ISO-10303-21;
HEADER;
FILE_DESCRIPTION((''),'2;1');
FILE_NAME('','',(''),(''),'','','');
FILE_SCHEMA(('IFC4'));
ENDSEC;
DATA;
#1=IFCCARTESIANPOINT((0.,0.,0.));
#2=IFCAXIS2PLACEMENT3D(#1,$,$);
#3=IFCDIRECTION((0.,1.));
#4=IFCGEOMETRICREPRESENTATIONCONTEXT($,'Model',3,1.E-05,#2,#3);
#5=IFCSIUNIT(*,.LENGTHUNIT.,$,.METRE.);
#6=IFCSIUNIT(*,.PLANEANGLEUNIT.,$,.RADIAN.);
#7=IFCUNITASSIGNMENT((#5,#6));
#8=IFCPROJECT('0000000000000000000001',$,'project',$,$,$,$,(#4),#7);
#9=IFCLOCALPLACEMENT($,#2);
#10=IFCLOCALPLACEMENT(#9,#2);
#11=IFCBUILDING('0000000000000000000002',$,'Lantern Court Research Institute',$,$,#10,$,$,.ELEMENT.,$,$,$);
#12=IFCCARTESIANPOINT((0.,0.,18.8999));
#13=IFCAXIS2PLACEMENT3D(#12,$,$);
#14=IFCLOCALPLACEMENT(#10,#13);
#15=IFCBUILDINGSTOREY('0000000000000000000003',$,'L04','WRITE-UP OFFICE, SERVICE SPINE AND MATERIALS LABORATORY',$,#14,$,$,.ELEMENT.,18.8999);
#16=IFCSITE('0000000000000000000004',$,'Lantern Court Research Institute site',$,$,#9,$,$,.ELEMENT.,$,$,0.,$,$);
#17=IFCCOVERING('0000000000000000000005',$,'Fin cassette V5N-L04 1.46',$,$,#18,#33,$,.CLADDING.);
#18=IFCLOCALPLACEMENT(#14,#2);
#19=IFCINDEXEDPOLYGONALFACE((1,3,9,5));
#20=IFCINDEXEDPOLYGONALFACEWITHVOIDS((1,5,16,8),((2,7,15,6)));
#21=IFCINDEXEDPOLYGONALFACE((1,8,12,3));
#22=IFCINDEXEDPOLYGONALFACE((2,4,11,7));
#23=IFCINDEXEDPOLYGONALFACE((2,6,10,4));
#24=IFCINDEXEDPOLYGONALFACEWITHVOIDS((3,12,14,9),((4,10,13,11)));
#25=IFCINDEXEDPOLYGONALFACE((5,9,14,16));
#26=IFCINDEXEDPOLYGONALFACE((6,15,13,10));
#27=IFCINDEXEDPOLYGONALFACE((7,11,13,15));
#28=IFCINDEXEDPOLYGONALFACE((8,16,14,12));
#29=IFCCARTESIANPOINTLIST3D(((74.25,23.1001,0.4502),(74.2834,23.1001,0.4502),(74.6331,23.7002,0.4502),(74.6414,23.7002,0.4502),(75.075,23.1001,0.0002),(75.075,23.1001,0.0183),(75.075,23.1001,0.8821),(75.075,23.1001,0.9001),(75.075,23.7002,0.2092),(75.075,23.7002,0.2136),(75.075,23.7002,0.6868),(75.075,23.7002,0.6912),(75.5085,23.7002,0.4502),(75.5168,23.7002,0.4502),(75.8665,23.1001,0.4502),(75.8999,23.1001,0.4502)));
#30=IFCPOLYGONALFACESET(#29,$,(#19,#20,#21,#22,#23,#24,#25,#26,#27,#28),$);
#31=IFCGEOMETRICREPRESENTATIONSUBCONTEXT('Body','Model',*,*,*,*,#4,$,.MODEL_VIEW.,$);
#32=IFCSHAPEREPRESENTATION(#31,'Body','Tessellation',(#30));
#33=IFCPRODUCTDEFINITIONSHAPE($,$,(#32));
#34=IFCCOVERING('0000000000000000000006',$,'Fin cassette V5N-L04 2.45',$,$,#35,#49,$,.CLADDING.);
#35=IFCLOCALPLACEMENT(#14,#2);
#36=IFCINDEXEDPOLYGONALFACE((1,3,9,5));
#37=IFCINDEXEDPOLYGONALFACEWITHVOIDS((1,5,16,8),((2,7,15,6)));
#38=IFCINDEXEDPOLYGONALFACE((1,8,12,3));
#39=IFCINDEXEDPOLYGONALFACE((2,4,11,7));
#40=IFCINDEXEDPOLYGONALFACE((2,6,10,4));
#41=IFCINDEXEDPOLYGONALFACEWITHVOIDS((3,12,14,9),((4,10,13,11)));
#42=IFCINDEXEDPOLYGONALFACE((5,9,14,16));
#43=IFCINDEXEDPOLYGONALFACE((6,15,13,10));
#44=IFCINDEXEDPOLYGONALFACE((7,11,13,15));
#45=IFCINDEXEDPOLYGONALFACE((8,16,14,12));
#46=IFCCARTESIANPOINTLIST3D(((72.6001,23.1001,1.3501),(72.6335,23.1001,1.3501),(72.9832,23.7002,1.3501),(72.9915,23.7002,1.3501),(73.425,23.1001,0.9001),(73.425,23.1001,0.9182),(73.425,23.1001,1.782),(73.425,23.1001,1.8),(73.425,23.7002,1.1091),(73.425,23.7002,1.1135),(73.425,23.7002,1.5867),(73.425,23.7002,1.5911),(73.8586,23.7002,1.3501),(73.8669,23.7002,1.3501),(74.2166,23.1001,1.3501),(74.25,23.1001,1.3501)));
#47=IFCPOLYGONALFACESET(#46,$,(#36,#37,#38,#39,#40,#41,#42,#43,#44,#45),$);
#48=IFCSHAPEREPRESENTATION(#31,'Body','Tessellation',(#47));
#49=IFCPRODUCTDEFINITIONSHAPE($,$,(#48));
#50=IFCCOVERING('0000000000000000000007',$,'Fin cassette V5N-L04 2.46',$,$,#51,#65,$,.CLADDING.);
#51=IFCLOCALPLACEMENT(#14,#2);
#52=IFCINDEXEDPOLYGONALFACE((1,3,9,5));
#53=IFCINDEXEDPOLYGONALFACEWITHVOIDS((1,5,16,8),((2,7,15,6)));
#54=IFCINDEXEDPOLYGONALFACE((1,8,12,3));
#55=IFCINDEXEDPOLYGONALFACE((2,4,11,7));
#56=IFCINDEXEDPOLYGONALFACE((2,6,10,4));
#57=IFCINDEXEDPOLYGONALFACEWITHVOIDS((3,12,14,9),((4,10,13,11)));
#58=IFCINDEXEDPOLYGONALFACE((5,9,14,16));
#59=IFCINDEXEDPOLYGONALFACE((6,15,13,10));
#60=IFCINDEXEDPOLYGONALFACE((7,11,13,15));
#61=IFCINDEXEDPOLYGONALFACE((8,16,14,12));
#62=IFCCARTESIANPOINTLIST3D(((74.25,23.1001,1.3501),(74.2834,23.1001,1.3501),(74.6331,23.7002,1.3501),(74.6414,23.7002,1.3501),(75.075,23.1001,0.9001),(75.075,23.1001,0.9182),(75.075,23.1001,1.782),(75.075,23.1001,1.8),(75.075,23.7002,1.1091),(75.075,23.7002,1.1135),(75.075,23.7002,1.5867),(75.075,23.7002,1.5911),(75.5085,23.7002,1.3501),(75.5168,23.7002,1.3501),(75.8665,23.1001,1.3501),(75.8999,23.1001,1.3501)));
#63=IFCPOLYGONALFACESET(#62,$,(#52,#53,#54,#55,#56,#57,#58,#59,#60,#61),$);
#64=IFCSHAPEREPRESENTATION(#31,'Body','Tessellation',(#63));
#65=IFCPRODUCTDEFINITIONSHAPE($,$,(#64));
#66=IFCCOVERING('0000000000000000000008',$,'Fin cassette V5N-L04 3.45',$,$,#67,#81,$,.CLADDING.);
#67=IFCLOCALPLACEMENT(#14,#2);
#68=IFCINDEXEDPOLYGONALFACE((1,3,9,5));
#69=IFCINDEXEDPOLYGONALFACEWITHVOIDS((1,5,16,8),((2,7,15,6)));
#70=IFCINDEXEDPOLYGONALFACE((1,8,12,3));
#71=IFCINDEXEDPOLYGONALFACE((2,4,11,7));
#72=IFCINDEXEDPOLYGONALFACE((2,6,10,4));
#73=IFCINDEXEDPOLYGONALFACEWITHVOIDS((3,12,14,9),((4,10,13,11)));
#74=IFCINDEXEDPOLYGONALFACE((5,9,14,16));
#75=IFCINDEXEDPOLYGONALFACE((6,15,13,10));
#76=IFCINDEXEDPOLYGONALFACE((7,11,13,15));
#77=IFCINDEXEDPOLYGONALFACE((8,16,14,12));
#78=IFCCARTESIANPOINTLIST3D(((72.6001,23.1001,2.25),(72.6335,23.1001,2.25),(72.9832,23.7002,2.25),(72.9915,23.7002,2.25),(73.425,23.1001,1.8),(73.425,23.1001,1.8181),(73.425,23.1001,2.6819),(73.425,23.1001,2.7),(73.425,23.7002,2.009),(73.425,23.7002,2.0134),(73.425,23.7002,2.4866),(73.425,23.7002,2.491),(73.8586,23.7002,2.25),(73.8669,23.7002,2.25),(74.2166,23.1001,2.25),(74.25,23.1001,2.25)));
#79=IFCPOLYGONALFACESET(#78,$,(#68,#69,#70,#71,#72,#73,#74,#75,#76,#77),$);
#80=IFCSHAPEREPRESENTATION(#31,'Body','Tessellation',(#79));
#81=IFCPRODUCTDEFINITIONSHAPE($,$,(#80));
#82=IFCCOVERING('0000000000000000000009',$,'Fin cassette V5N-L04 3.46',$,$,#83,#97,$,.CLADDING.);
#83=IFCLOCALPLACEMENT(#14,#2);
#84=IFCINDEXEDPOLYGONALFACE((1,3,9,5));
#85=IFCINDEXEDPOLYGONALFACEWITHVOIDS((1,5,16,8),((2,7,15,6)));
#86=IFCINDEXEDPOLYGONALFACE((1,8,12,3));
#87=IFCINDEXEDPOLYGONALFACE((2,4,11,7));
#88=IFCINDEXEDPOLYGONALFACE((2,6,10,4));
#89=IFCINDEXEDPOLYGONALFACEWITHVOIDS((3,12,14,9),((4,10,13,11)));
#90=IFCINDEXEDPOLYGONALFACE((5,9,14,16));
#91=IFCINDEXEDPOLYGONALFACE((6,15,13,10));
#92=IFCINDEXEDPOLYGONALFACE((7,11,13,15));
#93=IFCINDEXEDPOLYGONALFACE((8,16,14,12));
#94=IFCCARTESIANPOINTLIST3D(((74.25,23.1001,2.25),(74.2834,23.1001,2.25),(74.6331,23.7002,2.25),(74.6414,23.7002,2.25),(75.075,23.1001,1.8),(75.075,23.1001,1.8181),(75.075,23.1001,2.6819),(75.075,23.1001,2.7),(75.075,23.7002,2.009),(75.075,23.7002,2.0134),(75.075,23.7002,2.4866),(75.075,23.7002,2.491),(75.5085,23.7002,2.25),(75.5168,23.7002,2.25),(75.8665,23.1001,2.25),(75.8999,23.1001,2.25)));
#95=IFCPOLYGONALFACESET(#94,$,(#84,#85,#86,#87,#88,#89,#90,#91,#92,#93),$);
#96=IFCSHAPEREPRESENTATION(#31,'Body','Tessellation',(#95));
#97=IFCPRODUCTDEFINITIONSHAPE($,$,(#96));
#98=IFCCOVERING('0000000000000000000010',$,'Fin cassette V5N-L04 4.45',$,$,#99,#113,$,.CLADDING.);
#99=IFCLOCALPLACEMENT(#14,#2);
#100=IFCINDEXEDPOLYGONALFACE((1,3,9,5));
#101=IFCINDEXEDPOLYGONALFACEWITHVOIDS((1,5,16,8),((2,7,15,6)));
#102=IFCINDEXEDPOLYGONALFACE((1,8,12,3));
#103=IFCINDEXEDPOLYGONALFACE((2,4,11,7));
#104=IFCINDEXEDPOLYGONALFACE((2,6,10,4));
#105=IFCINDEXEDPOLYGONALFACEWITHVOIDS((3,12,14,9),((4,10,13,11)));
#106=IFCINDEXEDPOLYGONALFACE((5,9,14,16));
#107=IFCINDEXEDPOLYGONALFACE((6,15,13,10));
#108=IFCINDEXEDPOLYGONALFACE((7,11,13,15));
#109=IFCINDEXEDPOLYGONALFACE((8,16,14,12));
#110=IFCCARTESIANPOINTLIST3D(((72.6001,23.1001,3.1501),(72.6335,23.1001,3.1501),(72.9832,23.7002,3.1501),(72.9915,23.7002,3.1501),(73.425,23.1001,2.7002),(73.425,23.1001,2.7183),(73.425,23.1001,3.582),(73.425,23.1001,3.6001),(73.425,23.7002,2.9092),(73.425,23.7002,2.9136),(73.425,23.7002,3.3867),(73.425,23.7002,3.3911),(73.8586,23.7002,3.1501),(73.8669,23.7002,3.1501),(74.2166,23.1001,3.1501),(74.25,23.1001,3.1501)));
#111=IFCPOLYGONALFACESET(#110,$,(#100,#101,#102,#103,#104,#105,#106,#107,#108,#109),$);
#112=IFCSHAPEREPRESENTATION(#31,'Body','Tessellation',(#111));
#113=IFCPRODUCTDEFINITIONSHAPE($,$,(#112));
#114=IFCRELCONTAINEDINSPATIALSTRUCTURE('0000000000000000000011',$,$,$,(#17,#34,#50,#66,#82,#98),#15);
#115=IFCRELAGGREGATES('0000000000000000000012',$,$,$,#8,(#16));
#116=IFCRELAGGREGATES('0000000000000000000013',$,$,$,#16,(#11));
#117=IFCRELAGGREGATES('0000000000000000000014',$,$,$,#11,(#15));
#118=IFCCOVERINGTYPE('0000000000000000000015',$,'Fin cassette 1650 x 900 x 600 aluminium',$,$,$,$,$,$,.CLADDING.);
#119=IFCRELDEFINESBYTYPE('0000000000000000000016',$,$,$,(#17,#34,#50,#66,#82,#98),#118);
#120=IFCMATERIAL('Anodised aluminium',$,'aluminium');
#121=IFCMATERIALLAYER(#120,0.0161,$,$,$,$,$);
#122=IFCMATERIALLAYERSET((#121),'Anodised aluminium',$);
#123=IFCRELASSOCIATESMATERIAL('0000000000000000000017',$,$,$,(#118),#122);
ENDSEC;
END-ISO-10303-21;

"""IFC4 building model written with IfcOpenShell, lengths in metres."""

from ifc_helpers import new_model, entity, si_unit, direction, frame, origin, place, context, subcontext, project, spatial, material, layer, layer_set, type_object, element, save


model = new_model("IFC4")

# Units and contexts
model_context = context("Model", 3, precision=1e-05, world=origin(), true_north=direction((0.0, 1.0)))
body_context = subcontext(model_context, "Body", "Model", "MODEL_VIEW")
ifc_project = project(units=[si_unit("LENGTHUNIT", "METRE"), si_unit("PLANEANGLEUNIT", "RADIAN")], contexts=[model_context])

# Site, building, storey
site_placement = place(None, origin())
site = spatial("IfcSite", under=ifc_project, at=site_placement, Name="Lantern Court Research Institute site", CompositionType="ELEMENT", RefElevation=0.0)
building_placement = place(site_placement, origin())
building = spatial("IfcBuilding", under=site, at=building_placement, Name="Lantern Court Research Institute", CompositionType="ELEMENT")
storey_placement = place(building_placement, frame((0.0, 0.0, 18.8999)))
storey = spatial("IfcBuildingStorey", under=building, at=storey_placement, Name="L04", Description="WRITE-UP OFFICE, SERVICE SPINE AND MATERIALS LABORATORY", CompositionType="ELEMENT", Elevation=18.8999)

# Coverings
ifc_material_1 = material(Name="Anodised aluminium", Category="aluminium")
ifc_layer_1 = layer(ifc_material_1, 0.0161)
ifc_layer_set_1 = layer_set([ifc_layer_1], Name="Anodised aluminium")
covering_type_1 = type_object("IfcCoveringType", Name="Fin cassette 1650 x 900 x 600 aluminium", PredefinedType="CLADDING", material=ifc_layer_set_1)
covering_1_placement = place(storey_placement, frame((75.075, 23.1001, 0.4502), z_axis=(0.0, 1.0, 0.0), x_axis=(-1.0, 0.0, 0.0)))
cartesian_point_1 = entity("IfcCartesianPoint", [0.825, 0.0])
cartesian_point_2 = entity("IfcCartesianPoint", [0.7915, 0.0])
cartesian_point_3 = entity("IfcCartesianPoint", [0.4419, 0.0])
cartesian_point_4 = entity("IfcCartesianPoint", [0.4336, 0.0])
element("IfcCovering", 1, at=covering_1_placement, inside=storey, type_object=covering_type_1, Name="Fin cassette V5N-L04 1.46", PredefinedType="CLADDING", context=body_context, shape_type="SweptSolid", body=[
    entity("IfcExtrudedAreaSolidTapered", entity("IfcArbitraryProfileDefWithVoids", "AREA", None, entity("IfcPolyline", [cartesian_point_1, entity("IfcCartesianPoint", [0.0, 0.45]), entity("IfcCartesianPoint", [-0.825, 0.0]), entity("IfcCartesianPoint", [0.0, -0.45]), cartesian_point_1]), [entity("IfcPolyline", [cartesian_point_2, entity("IfcCartesianPoint", [0.0, 0.4319]), entity("IfcCartesianPoint", [-0.7915, 0.0]), entity("IfcCartesianPoint", [0.0, -0.4319]), cartesian_point_2])]), entity("IfcAxis2Placement3D", entity("IfcCartesianPoint", [0.0, 0.0, 0.0])), entity("IfcDirection", [0.0, 0.0, 1.0]), 0.6001, entity("IfcArbitraryProfileDefWithVoids", "AREA", None, entity("IfcPolyline", [cartesian_point_3, entity("IfcCartesianPoint", [0.0, 0.241]), entity("IfcCartesianPoint", [-0.4419, 0.0]), entity("IfcCartesianPoint", [0.0, -0.241]), cartesian_point_3]), [entity("IfcPolyline", [cartesian_point_4, entity("IfcCartesianPoint", [0.0, 0.2366]), entity("IfcCartesianPoint", [-0.4336, 0.0]), entity("IfcCartesianPoint", [0.0, -0.2366]), cartesian_point_4])])),
])
covering_2_placement = place(storey_placement, frame((73.425, 23.1001, 1.3501), z_axis=(0.0, 1.0, 0.0), x_axis=(-1.0, 0.0, 0.0)))
cartesian_point_5 = entity("IfcCartesianPoint", [0.825, 0.0])
cartesian_point_6 = entity("IfcCartesianPoint", [0.7915, 0.0])
cartesian_point_7 = entity("IfcCartesianPoint", [0.4419, 0.0])
cartesian_point_8 = entity("IfcCartesianPoint", [0.4336, 0.0])
element("IfcCovering", 2, at=covering_2_placement, inside=storey, type_object=covering_type_1, Name="Fin cassette V5N-L04 2.45", PredefinedType="CLADDING", context=body_context, shape_type="SweptSolid", body=[
    entity("IfcExtrudedAreaSolidTapered", entity("IfcArbitraryProfileDefWithVoids", "AREA", None, entity("IfcPolyline", [cartesian_point_5, entity("IfcCartesianPoint", [0.0, 0.45]), entity("IfcCartesianPoint", [-0.825, 0.0]), entity("IfcCartesianPoint", [0.0, -0.45]), cartesian_point_5]), [entity("IfcPolyline", [cartesian_point_6, entity("IfcCartesianPoint", [0.0, 0.4319]), entity("IfcCartesianPoint", [-0.7915, 0.0]), entity("IfcCartesianPoint", [0.0, -0.4319]), cartesian_point_6])]), entity("IfcAxis2Placement3D", entity("IfcCartesianPoint", [0.0, 0.0, 0.0])), entity("IfcDirection", [0.0, 0.0, 1.0]), 0.6001, entity("IfcArbitraryProfileDefWithVoids", "AREA", None, entity("IfcPolyline", [cartesian_point_7, entity("IfcCartesianPoint", [0.0, 0.241]), entity("IfcCartesianPoint", [-0.4419, 0.0]), entity("IfcCartesianPoint", [0.0, -0.241]), cartesian_point_7]), [entity("IfcPolyline", [cartesian_point_8, entity("IfcCartesianPoint", [0.0, 0.2366]), entity("IfcCartesianPoint", [-0.4336, 0.0]), entity("IfcCartesianPoint", [0.0, -0.2366]), cartesian_point_8])])),
])
covering_3_placement = place(storey_placement, frame((75.075, 23.1001, 1.3501), z_axis=(0.0, 1.0, 0.0), x_axis=(-1.0, 0.0, 0.0)))
cartesian_point_9 = entity("IfcCartesianPoint", [0.825, 0.0])
cartesian_point_10 = entity("IfcCartesianPoint", [0.7915, 0.0])
cartesian_point_11 = entity("IfcCartesianPoint", [0.4419, 0.0])
cartesian_point_12 = entity("IfcCartesianPoint", [0.4336, 0.0])
element("IfcCovering", 3, at=covering_3_placement, inside=storey, type_object=covering_type_1, Name="Fin cassette V5N-L04 2.46", PredefinedType="CLADDING", context=body_context, shape_type="SweptSolid", body=[
    entity("IfcExtrudedAreaSolidTapered", entity("IfcArbitraryProfileDefWithVoids", "AREA", None, entity("IfcPolyline", [cartesian_point_9, entity("IfcCartesianPoint", [0.0, 0.45]), entity("IfcCartesianPoint", [-0.825, 0.0]), entity("IfcCartesianPoint", [0.0, -0.45]), cartesian_point_9]), [entity("IfcPolyline", [cartesian_point_10, entity("IfcCartesianPoint", [0.0, 0.4319]), entity("IfcCartesianPoint", [-0.7915, 0.0]), entity("IfcCartesianPoint", [0.0, -0.4319]), cartesian_point_10])]), entity("IfcAxis2Placement3D", entity("IfcCartesianPoint", [0.0, 0.0, 0.0])), entity("IfcDirection", [0.0, 0.0, 1.0]), 0.6001, entity("IfcArbitraryProfileDefWithVoids", "AREA", None, entity("IfcPolyline", [cartesian_point_11, entity("IfcCartesianPoint", [0.0, 0.241]), entity("IfcCartesianPoint", [-0.4419, 0.0]), entity("IfcCartesianPoint", [0.0, -0.241]), cartesian_point_11]), [entity("IfcPolyline", [cartesian_point_12, entity("IfcCartesianPoint", [0.0, 0.2366]), entity("IfcCartesianPoint", [-0.4336, 0.0]), entity("IfcCartesianPoint", [0.0, -0.2366]), cartesian_point_12])])),
])
covering_4_placement = place(storey_placement, frame((73.425, 23.1001, 2.25), z_axis=(0.0, 1.0, 0.0), x_axis=(-1.0, 0.0, 0.0)))
cartesian_point_13 = entity("IfcCartesianPoint", [0.825, 0.0])
cartesian_point_14 = entity("IfcCartesianPoint", [0.7915, 0.0])
cartesian_point_15 = entity("IfcCartesianPoint", [0.4419, 0.0])
cartesian_point_16 = entity("IfcCartesianPoint", [0.4336, 0.0])
element("IfcCovering", 4, at=covering_4_placement, inside=storey, type_object=covering_type_1, Name="Fin cassette V5N-L04 3.45", PredefinedType="CLADDING", context=body_context, shape_type="SweptSolid", body=[
    entity("IfcExtrudedAreaSolidTapered", entity("IfcArbitraryProfileDefWithVoids", "AREA", None, entity("IfcPolyline", [cartesian_point_13, entity("IfcCartesianPoint", [0.0, 0.45]), entity("IfcCartesianPoint", [-0.825, 0.0]), entity("IfcCartesianPoint", [0.0, -0.45]), cartesian_point_13]), [entity("IfcPolyline", [cartesian_point_14, entity("IfcCartesianPoint", [0.0, 0.4319]), entity("IfcCartesianPoint", [-0.7915, 0.0]), entity("IfcCartesianPoint", [0.0, -0.4319]), cartesian_point_14])]), entity("IfcAxis2Placement3D", entity("IfcCartesianPoint", [0.0, 0.0, 0.0])), entity("IfcDirection", [0.0, 0.0, 1.0]), 0.6001, entity("IfcArbitraryProfileDefWithVoids", "AREA", None, entity("IfcPolyline", [cartesian_point_15, entity("IfcCartesianPoint", [0.0, 0.241]), entity("IfcCartesianPoint", [-0.4419, 0.0]), entity("IfcCartesianPoint", [0.0, -0.241]), cartesian_point_15]), [entity("IfcPolyline", [cartesian_point_16, entity("IfcCartesianPoint", [0.0, 0.2366]), entity("IfcCartesianPoint", [-0.4336, 0.0]), entity("IfcCartesianPoint", [0.0, -0.2366]), cartesian_point_16])])),
])
covering_5_placement = place(storey_placement, frame((75.075, 23.1001, 2.25), z_axis=(0.0, 1.0, 0.0), x_axis=(-1.0, 0.0, 0.0)))
cartesian_point_17 = entity("IfcCartesianPoint", [0.825, 0.0])
cartesian_point_18 = entity("IfcCartesianPoint", [0.7915, 0.0])
cartesian_point_19 = entity("IfcCartesianPoint", [0.4419, 0.0])
cartesian_point_20 = entity("IfcCartesianPoint", [0.4336, 0.0])
element("IfcCovering", 5, at=covering_5_placement, inside=storey, type_object=covering_type_1, Name="Fin cassette V5N-L04 3.46", PredefinedType="CLADDING", context=body_context, shape_type="SweptSolid", body=[
    entity("IfcExtrudedAreaSolidTapered", entity("IfcArbitraryProfileDefWithVoids", "AREA", None, entity("IfcPolyline", [cartesian_point_17, entity("IfcCartesianPoint", [0.0, 0.45]), entity("IfcCartesianPoint", [-0.825, 0.0]), entity("IfcCartesianPoint", [0.0, -0.45]), cartesian_point_17]), [entity("IfcPolyline", [cartesian_point_18, entity("IfcCartesianPoint", [0.0, 0.4319]), entity("IfcCartesianPoint", [-0.7915, 0.0]), entity("IfcCartesianPoint", [0.0, -0.4319]), cartesian_point_18])]), entity("IfcAxis2Placement3D", entity("IfcCartesianPoint", [0.0, 0.0, 0.0])), entity("IfcDirection", [0.0, 0.0, 1.0]), 0.6001, entity("IfcArbitraryProfileDefWithVoids", "AREA", None, entity("IfcPolyline", [cartesian_point_19, entity("IfcCartesianPoint", [0.0, 0.241]), entity("IfcCartesianPoint", [-0.4419, 0.0]), entity("IfcCartesianPoint", [0.0, -0.241]), cartesian_point_19]), [entity("IfcPolyline", [cartesian_point_20, entity("IfcCartesianPoint", [0.0, 0.2366]), entity("IfcCartesianPoint", [-0.4336, 0.0]), entity("IfcCartesianPoint", [0.0, -0.2366]), cartesian_point_20])])),
])
covering_6_placement = place(storey_placement, frame((73.425, 23.1001, 3.1501), z_axis=(0.0, 1.0, 0.0), x_axis=(-1.0, 0.0, 0.0)))
cartesian_point_21 = entity("IfcCartesianPoint", [0.825, 0.0])
cartesian_point_22 = entity("IfcCartesianPoint", [0.7915, 0.0])
cartesian_point_23 = entity("IfcCartesianPoint", [0.4419, 0.0])
cartesian_point_24 = entity("IfcCartesianPoint", [0.4336, 0.0])
element("IfcCovering", 6, at=covering_6_placement, inside=storey, type_object=covering_type_1, Name="Fin cassette V5N-L04 4.45", PredefinedType="CLADDING", context=body_context, shape_type="SweptSolid", body=[
    entity("IfcExtrudedAreaSolidTapered", entity("IfcArbitraryProfileDefWithVoids", "AREA", None, entity("IfcPolyline", [cartesian_point_21, entity("IfcCartesianPoint", [0.0, 0.45]), entity("IfcCartesianPoint", [-0.825, 0.0]), entity("IfcCartesianPoint", [0.0, -0.45]), cartesian_point_21]), [entity("IfcPolyline", [cartesian_point_22, entity("IfcCartesianPoint", [0.0, 0.4319]), entity("IfcCartesianPoint", [-0.7915, 0.0]), entity("IfcCartesianPoint", [0.0, -0.4319]), cartesian_point_22])]), entity("IfcAxis2Placement3D", entity("IfcCartesianPoint", [0.0, 0.0, 0.0])), entity("IfcDirection", [0.0, 0.0, 1.0]), 0.6001, entity("IfcArbitraryProfileDefWithVoids", "AREA", None, entity("IfcPolyline", [cartesian_point_23, entity("IfcCartesianPoint", [0.0, 0.241]), entity("IfcCartesianPoint", [-0.4419, 0.0]), entity("IfcCartesianPoint", [0.0, -0.241]), cartesian_point_23]), [entity("IfcPolyline", [cartesian_point_24, entity("IfcCartesianPoint", [0.0, 0.2366]), entity("IfcCartesianPoint", [-0.4336, 0.0]), entity("IfcCartesianPoint", [0.0, -0.2366]), cartesian_point_24])])),
])

save(model, "model.ifc")
